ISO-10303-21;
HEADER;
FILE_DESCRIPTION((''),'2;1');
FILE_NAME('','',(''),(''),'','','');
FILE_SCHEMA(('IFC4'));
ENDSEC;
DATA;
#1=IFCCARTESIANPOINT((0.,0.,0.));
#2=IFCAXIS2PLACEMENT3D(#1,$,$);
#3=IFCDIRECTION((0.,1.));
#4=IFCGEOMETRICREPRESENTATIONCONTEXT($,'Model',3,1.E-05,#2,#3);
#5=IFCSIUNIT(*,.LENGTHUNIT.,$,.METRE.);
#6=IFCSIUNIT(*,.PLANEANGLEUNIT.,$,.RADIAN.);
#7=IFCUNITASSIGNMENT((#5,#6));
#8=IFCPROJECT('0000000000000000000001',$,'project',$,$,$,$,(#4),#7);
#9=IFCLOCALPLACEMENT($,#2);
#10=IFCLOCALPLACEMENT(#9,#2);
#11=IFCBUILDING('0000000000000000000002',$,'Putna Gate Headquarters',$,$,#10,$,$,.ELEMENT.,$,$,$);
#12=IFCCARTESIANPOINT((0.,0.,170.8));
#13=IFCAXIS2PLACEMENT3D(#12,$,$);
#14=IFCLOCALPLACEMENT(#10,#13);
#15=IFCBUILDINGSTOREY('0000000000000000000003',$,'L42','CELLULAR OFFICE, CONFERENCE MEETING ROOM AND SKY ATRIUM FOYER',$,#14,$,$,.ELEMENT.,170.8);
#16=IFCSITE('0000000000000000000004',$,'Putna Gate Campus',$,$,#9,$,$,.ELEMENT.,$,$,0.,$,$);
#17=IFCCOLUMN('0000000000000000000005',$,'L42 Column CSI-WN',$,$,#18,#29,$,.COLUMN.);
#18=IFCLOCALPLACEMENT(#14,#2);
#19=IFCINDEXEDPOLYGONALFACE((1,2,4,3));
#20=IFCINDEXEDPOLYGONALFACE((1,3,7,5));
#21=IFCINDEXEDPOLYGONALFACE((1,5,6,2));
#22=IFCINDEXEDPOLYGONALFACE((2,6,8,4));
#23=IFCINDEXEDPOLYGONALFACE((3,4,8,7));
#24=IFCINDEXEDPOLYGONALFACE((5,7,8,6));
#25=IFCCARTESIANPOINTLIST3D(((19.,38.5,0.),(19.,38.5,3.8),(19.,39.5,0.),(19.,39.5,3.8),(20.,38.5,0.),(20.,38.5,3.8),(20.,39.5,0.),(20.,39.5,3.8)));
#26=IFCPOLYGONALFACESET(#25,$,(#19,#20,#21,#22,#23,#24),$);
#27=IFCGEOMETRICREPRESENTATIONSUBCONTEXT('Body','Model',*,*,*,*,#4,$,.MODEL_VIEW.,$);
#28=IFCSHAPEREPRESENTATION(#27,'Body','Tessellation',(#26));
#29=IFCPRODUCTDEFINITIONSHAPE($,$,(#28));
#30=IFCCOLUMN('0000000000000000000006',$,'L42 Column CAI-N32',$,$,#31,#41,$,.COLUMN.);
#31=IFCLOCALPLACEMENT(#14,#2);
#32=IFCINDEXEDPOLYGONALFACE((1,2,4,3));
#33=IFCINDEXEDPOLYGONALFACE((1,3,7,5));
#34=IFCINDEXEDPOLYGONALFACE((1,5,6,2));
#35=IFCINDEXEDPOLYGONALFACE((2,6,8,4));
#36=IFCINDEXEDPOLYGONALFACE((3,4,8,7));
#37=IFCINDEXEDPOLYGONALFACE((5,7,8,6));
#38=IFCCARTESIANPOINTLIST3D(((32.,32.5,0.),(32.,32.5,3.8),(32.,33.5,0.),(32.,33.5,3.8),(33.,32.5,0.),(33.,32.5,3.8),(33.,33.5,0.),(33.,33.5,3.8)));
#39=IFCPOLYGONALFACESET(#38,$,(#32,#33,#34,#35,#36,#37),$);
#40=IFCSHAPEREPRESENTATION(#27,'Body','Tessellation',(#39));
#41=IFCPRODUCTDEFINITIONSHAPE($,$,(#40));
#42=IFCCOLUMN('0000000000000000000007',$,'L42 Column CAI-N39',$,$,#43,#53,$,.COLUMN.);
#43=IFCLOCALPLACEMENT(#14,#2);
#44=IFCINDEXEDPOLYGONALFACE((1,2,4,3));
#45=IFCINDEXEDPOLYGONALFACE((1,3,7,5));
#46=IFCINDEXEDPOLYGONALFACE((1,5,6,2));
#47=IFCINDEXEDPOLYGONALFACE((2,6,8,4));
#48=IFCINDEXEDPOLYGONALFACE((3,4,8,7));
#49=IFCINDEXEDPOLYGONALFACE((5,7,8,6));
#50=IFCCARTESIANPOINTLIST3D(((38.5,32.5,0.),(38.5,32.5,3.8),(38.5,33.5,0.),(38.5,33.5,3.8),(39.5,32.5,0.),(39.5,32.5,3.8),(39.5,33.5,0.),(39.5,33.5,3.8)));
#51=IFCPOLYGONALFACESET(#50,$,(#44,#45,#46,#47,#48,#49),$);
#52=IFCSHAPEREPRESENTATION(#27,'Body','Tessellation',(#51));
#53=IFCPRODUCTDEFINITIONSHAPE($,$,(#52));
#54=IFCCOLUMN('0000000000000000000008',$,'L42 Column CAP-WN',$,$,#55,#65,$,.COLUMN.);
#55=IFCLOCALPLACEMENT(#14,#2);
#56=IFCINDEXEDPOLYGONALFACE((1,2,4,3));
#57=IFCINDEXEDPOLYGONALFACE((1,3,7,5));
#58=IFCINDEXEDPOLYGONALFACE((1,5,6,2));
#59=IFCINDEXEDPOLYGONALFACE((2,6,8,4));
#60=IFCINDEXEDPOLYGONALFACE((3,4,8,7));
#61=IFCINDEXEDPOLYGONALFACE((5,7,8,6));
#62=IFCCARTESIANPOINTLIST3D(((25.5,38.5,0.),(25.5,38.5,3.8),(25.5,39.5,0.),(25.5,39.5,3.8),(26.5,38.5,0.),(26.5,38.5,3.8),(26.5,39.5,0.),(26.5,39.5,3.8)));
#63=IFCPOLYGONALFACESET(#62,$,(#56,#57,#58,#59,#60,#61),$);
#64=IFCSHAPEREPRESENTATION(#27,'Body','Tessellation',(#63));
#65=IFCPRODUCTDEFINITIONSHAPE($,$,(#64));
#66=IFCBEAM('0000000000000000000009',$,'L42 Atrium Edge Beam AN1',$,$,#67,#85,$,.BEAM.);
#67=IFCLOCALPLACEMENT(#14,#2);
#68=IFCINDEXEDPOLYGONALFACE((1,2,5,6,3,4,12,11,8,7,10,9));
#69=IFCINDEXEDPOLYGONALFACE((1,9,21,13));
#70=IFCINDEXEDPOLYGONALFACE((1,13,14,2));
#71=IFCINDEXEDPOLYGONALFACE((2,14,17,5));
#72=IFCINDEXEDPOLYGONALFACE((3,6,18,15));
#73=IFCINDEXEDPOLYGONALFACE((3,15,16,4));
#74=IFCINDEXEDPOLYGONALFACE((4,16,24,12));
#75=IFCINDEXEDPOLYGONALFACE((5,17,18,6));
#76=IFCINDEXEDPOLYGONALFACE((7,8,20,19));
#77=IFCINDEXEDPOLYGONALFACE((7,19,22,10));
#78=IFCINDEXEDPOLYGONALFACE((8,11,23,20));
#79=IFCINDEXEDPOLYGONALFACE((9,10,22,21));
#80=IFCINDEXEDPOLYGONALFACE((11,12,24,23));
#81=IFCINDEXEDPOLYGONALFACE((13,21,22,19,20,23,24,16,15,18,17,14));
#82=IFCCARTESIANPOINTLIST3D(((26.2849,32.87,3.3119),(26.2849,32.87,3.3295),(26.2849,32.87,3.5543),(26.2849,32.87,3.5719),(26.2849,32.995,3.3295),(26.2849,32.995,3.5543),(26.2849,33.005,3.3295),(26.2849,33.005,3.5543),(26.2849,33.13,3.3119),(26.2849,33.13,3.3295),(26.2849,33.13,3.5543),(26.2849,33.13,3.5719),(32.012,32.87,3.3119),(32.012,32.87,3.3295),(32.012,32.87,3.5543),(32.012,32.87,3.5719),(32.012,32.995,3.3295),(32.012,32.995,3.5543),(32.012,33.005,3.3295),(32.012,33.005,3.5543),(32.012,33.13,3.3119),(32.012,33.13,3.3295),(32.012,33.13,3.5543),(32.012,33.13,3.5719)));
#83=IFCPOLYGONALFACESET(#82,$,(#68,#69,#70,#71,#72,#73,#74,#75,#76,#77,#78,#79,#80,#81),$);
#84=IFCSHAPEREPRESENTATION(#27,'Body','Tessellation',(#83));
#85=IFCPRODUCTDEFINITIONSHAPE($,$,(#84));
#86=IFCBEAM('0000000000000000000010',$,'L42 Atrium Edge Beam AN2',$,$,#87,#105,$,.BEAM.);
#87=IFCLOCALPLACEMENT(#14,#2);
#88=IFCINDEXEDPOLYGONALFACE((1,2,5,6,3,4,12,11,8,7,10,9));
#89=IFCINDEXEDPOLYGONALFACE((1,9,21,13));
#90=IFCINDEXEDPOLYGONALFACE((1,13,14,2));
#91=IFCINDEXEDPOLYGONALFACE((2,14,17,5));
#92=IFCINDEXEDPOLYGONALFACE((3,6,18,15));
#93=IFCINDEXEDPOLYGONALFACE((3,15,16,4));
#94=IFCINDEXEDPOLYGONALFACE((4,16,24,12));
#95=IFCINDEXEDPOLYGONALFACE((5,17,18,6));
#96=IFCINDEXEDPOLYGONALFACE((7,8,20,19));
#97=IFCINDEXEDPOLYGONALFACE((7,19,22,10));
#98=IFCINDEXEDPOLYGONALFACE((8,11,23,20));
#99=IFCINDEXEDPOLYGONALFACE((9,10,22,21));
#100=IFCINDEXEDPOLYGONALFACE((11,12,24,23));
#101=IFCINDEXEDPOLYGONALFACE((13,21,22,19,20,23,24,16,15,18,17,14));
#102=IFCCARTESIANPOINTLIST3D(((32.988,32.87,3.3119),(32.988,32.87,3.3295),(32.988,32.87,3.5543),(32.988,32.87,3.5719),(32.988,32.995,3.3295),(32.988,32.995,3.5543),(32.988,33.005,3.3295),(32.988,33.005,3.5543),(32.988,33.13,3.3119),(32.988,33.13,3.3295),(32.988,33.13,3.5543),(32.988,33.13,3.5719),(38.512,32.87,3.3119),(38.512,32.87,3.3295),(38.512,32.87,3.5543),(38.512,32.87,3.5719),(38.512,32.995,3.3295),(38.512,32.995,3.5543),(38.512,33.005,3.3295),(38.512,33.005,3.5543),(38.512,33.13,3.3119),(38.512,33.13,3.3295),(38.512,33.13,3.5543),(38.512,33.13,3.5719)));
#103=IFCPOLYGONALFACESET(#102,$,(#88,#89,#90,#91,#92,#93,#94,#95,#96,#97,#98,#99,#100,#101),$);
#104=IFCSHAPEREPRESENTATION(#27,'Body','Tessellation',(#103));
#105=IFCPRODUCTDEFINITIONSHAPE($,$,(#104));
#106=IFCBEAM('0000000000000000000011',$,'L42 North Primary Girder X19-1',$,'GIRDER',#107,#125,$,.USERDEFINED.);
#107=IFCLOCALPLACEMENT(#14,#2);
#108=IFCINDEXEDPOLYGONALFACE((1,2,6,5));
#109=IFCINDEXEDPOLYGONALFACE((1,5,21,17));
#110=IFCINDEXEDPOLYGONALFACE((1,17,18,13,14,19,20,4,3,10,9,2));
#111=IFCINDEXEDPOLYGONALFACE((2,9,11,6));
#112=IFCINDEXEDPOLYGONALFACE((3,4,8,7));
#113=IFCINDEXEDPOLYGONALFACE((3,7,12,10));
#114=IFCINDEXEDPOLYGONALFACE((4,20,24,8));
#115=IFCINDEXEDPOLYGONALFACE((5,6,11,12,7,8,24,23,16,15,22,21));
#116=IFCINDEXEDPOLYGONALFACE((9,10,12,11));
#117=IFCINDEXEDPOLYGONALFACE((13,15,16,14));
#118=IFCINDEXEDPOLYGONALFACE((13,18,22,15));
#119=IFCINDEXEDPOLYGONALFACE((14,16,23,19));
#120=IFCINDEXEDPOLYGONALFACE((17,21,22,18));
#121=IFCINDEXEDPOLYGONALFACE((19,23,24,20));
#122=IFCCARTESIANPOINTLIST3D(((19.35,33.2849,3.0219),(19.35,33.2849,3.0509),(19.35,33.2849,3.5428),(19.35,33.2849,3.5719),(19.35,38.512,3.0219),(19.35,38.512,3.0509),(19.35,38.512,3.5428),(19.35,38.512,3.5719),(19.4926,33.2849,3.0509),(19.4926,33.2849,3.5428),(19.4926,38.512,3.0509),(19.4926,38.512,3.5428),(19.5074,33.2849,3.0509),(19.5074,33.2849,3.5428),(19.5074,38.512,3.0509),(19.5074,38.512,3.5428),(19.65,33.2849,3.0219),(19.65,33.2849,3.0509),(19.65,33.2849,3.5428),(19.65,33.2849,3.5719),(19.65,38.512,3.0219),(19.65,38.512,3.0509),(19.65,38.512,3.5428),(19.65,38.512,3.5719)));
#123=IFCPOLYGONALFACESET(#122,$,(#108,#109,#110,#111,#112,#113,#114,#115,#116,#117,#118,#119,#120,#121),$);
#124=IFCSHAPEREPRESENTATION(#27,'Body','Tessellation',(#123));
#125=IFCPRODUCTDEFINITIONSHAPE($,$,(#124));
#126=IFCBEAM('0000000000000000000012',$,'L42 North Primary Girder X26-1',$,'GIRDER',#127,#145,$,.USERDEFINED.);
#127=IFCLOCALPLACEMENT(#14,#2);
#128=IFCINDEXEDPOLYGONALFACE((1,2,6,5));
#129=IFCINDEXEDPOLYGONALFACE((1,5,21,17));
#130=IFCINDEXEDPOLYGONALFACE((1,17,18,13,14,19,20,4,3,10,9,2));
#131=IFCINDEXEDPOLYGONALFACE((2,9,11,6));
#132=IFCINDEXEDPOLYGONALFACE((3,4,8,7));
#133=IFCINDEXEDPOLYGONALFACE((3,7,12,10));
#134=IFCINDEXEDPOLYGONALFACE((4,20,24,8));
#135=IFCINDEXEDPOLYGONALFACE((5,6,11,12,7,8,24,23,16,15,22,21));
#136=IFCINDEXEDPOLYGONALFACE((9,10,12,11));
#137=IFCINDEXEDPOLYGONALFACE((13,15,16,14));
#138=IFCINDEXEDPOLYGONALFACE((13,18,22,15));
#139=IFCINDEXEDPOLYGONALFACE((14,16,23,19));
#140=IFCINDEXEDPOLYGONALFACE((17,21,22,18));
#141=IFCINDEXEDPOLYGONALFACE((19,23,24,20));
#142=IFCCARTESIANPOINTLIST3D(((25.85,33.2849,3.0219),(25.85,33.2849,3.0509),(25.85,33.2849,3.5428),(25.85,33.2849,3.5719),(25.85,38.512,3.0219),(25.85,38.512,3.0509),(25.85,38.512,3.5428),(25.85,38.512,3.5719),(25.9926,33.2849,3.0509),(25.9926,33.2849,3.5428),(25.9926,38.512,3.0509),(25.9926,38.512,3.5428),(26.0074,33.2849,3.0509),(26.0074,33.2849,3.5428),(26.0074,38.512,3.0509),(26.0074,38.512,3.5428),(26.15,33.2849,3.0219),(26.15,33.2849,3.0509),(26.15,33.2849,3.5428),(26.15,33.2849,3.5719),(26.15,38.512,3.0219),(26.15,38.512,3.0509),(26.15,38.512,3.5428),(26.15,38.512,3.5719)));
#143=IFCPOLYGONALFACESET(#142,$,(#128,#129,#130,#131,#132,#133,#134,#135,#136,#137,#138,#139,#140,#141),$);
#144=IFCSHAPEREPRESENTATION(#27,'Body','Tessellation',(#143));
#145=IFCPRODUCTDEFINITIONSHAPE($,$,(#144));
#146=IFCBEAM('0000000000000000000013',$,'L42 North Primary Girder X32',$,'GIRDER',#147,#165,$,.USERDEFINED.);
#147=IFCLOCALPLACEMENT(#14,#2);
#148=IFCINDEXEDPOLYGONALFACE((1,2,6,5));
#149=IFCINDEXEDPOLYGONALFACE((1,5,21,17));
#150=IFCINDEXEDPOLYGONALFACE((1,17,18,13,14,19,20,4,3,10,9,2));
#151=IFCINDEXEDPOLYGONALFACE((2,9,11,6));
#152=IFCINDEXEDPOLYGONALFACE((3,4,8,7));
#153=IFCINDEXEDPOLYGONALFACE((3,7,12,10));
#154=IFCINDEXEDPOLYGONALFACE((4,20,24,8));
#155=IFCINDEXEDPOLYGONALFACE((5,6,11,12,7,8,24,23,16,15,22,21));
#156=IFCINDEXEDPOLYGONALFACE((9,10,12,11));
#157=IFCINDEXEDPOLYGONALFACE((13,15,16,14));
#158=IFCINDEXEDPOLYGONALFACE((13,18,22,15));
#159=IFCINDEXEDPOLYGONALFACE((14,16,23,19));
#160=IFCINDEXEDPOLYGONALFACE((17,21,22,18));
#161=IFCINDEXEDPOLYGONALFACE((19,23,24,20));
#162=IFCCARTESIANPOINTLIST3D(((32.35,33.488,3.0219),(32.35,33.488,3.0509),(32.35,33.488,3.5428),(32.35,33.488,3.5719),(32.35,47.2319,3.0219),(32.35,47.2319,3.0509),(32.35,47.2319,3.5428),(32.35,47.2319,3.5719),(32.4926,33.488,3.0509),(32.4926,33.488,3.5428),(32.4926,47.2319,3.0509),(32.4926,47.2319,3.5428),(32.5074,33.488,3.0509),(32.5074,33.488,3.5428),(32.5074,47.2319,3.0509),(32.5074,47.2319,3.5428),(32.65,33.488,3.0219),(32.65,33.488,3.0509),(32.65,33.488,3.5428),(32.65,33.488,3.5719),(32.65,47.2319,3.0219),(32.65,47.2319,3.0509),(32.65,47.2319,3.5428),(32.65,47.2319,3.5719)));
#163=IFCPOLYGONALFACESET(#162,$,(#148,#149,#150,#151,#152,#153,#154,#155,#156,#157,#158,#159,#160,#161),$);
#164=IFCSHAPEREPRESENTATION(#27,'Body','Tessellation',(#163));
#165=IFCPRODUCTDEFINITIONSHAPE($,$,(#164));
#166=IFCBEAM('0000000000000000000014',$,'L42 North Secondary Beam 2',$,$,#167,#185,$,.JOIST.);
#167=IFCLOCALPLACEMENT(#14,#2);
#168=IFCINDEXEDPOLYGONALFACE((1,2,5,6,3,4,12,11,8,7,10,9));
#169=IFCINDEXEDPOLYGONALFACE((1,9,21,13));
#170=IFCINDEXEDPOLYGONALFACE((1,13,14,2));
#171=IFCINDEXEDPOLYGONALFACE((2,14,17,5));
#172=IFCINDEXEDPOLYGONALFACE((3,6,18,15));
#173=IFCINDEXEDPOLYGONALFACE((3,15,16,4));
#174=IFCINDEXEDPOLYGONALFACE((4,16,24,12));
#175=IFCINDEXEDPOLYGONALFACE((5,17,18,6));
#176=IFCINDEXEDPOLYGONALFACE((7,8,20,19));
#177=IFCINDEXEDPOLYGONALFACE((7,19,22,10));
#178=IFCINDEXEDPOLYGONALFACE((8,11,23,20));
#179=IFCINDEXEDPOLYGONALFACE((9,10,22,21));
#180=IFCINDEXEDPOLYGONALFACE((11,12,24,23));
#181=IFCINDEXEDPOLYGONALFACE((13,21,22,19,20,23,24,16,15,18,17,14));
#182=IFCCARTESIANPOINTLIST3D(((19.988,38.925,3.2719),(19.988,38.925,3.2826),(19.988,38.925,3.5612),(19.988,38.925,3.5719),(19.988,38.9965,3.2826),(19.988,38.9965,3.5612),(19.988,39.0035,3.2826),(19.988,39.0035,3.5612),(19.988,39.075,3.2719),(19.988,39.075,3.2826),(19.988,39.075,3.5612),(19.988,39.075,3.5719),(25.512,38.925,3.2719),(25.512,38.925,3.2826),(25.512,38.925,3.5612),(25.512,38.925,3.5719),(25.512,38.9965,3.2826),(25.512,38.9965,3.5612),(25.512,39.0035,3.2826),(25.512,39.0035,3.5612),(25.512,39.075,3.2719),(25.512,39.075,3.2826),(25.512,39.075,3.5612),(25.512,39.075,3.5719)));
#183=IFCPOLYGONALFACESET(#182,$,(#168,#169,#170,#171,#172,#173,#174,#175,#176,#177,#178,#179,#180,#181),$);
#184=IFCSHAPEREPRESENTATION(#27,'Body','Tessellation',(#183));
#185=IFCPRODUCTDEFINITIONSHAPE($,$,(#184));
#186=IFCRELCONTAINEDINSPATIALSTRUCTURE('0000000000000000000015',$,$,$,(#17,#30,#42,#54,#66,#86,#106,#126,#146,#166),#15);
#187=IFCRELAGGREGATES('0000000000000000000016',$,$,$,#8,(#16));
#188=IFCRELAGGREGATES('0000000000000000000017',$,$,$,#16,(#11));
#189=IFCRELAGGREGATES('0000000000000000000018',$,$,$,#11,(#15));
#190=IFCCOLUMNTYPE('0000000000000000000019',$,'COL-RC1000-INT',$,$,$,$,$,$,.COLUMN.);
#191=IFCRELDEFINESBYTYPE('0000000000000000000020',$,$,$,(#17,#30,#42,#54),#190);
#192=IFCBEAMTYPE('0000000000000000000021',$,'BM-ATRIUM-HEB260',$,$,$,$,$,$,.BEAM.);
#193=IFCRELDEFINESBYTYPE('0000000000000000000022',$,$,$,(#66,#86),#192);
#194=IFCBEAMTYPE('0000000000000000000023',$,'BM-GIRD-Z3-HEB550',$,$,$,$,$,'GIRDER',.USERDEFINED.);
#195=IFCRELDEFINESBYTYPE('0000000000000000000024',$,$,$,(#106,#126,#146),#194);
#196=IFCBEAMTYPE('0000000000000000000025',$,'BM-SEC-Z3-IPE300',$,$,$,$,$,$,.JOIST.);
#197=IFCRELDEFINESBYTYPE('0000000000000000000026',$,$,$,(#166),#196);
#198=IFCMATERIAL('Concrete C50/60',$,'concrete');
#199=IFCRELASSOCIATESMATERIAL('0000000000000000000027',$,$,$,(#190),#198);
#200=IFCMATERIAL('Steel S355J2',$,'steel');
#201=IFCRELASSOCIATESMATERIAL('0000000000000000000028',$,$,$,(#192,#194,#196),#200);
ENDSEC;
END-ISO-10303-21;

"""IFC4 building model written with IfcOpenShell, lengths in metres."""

from ifc_helpers import new_model, si_unit, direction, frame, origin, origin_2d, place, context, subcontext, project, spatial, rectangle, i_section, extrude, material, material_profile, profile_set, type_object, element, save


model = new_model("IFC4")

# Units and contexts
model_context = context("Model", 3, precision=1e-05, world=origin(), true_north=direction((0.0, 1.0)))
body_context = subcontext(model_context, "Body", "Model", "MODEL_VIEW")
ifc_project = project(units=[si_unit("LENGTHUNIT", "METRE"), si_unit("PLANEANGLEUNIT", "RADIAN")], contexts=[model_context])

# Site, building, storey
site_placement = place(None, origin())
site = spatial("IfcSite", under=ifc_project, at=site_placement, Name="Putna Gate Campus", CompositionType="ELEMENT", RefElevation=0.0)
building_placement = place(site_placement, origin())
building = spatial("IfcBuilding", under=site, at=building_placement, Name="Putna Gate Headquarters", CompositionType="ELEMENT")
storey_placement = place(building_placement, frame((0.0, 0.0, 170.8)))
storey = spatial("IfcBuildingStorey", under=building, at=storey_placement, Name="L42", Description="CELLULAR OFFICE, CONFERENCE MEETING ROOM AND SKY ATRIUM FOYER", CompositionType="ELEMENT", Elevation=170.8)

# Columns
ifc_material_1 = material(Name="Concrete C50/60", Category="concrete")
ifc_material_profile_1 = material_profile(ifc_material_1, rectangle(XDim=1.0, YDim=1.0, at=origin_2d()), Name="Concrete C50/60")
ifc_profile_set_1 = profile_set([ifc_material_profile_1], Name="Concrete C50/60")
column_type = type_object("IfcColumnType", Name="COL-RC1000-INT", PredefinedType="COLUMN", material=ifc_profile_set_1)
for number, where, z_axis, x_axis, name in (
    (1, (19.5, 39.0, 0.0), (0.0, 0.0, 1.0), (1.0, 0.0, 0.0), "L42 Column CSI-WN"),
    (2, (32.5, 33.0, 0.0), (0.0, 0.0, 1.0), (1.0, 0.0, 0.0), "L42 Column CAI-N32"),
    (3, (39.0, 33.0, 0.0), (0.0, 0.0, 1.0), (1.0, 0.0, 0.0), "L42 Column CAI-N39"),
    (4, (26.0, 39.0, 0.0), (0.0, 0.0, 1.0), (1.0, 0.0, 0.0), "L42 Column CAP-WN"),
):
    element("IfcColumn", number, at=place(storey_placement, frame(where, z_axis=z_axis, x_axis=x_axis)), inside=storey, type_object=column_type, Name=name, PredefinedType="COLUMN", context=body_context, shape_type="SweptSolid", body=[
        extrude(rectangle(XDim=1.0, YDim=1.0, at=origin_2d()), origin(), (0.0, 0.0, 1.0), 3.8),
    ])

# Beams
ifc_material_2 = material(Name="Steel S355J2", Category="steel")
ifc_material_profile_2 = material_profile(ifc_material_2, i_section(OverallWidth=0.26, OverallDepth=0.26, WebThickness=0.01, FlangeThickness=0.0176, at=origin_2d()), Name="Steel S355J2")
ifc_profile_set_2 = profile_set([ifc_material_profile_2], Name="Steel S355J2")
beam_type_1 = type_object("IfcBeamType", Name="BM-ATRIUM-HEB260", PredefinedType="BEAM", material=ifc_profile_set_2)
beam_1_placement = place(storey_placement, frame((26.2849, 33.0, 3.4419), z_axis=(1.0, 0.0, 0.0), x_axis=(0.0, 1.0, 0.0)))
element("IfcBeam", 5, at=beam_1_placement, inside=storey, type_object=beam_type_1, Name="L42 Atrium Edge Beam AN1", PredefinedType="BEAM", context=body_context, shape_type="SweptSolid", body=[
    extrude(i_section(OverallWidth=0.26, OverallDepth=0.26, WebThickness=0.01, FlangeThickness=0.0176, at=origin_2d()), origin(), (0.0, 0.0, 1.0), 5.7271),
])
beam_2_placement = place(storey_placement, frame((32.988, 33.0, 3.4419), z_axis=(1.0, 0.0, 0.0), x_axis=(0.0, 1.0, 0.0)))
element("IfcBeam", 6, at=beam_2_placement, inside=storey, type_object=beam_type_1, Name="L42 Atrium Edge Beam AN2", PredefinedType="BEAM", context=body_context, shape_type="SweptSolid", body=[
    extrude(i_section(OverallWidth=0.26, OverallDepth=0.26, WebThickness=0.01, FlangeThickness=0.0176, at=origin_2d()), origin(), (0.0, 0.0, 1.0), 5.5239),
])
ifc_material_profile_3 = material_profile(ifc_material_2, i_section(OverallWidth=0.3, OverallDepth=0.55, WebThickness=0.0149, FlangeThickness=0.0291, at=origin_2d()), Name="Steel S355J2")
ifc_profile_set_3 = profile_set([ifc_material_profile_3], Name="Steel S355J2")
beam_type_2 = type_object("IfcBeamType", Name="BM-GIRD-Z3-HEB550", ElementType="GIRDER", PredefinedType="USERDEFINED", material=ifc_profile_set_3)
for number, where, z_axis, x_axis, name in (
    (7, (19.5, 33.2849, 3.2969), (0.0, 1.0, 0.0), (-1.0, 0.0, 0.0), "L42 North Primary Girder X19-1"),
    (8, (26.0, 33.2849, 3.2969), (0.0, 1.0, 0.0), (-1.0, 0.0, 0.0), "L42 North Primary Girder X26-1"),
):
    element("IfcBeam", number, at=place(storey_placement, frame(where, z_axis=z_axis, x_axis=x_axis)), inside=storey, type_object=beam_type_2, Name=name, ObjectType="GIRDER", PredefinedType="USERDEFINED", context=body_context, shape_type="SweptSolid", body=[
        extrude(i_section(OverallWidth=0.3, OverallDepth=0.55, WebThickness=0.0149, FlangeThickness=0.0291, at=origin_2d()), origin(), (0.0, 0.0, 1.0), 5.2271),
    ])
beam_3_placement = place(storey_placement, frame((32.5, 33.488, 3.2969), z_axis=(0.0, 1.0, 0.0), x_axis=(-1.0, 0.0, 0.0)))
element("IfcBeam", 9, at=beam_3_placement, inside=storey, type_object=beam_type_2, Name="L42 North Primary Girder X32", ObjectType="GIRDER", PredefinedType="USERDEFINED", context=body_context, shape_type="SweptSolid", body=[
    extrude(i_section(OverallWidth=0.3, OverallDepth=0.55, WebThickness=0.0149, FlangeThickness=0.0291, at=origin_2d()), origin(), (0.0, 0.0, 1.0), 13.7439),
])
ifc_material_profile_4 = material_profile(ifc_material_2, i_section(OverallWidth=0.1499, OverallDepth=0.3, WebThickness=0.0071, FlangeThickness=0.0107, at=origin_2d()), Name="Steel S355J2")
ifc_profile_set_4 = profile_set([ifc_material_profile_4], Name="Steel S355J2")
beam_type_3 = type_object("IfcBeamType", Name="BM-SEC-Z3-IPE300", PredefinedType="JOIST", material=ifc_profile_set_4)
beam_4_placement = place(storey_placement, frame((19.988, 39.0, 3.4219), z_axis=(1.0, 0.0, 0.0), x_axis=(0.0, 1.0, 0.0)))
element("IfcBeam", 10, at=beam_4_placement, inside=storey, type_object=beam_type_3, Name="L42 North Secondary Beam 2", PredefinedType="JOIST", context=body_context, shape_type="SweptSolid", body=[
    extrude(i_section(OverallWidth=0.1499, OverallDepth=0.3, WebThickness=0.0071, FlangeThickness=0.0107, at=origin_2d()), origin(), (0.0, 0.0, 1.0), 5.5239),
])

save(model, "model.ifc")
